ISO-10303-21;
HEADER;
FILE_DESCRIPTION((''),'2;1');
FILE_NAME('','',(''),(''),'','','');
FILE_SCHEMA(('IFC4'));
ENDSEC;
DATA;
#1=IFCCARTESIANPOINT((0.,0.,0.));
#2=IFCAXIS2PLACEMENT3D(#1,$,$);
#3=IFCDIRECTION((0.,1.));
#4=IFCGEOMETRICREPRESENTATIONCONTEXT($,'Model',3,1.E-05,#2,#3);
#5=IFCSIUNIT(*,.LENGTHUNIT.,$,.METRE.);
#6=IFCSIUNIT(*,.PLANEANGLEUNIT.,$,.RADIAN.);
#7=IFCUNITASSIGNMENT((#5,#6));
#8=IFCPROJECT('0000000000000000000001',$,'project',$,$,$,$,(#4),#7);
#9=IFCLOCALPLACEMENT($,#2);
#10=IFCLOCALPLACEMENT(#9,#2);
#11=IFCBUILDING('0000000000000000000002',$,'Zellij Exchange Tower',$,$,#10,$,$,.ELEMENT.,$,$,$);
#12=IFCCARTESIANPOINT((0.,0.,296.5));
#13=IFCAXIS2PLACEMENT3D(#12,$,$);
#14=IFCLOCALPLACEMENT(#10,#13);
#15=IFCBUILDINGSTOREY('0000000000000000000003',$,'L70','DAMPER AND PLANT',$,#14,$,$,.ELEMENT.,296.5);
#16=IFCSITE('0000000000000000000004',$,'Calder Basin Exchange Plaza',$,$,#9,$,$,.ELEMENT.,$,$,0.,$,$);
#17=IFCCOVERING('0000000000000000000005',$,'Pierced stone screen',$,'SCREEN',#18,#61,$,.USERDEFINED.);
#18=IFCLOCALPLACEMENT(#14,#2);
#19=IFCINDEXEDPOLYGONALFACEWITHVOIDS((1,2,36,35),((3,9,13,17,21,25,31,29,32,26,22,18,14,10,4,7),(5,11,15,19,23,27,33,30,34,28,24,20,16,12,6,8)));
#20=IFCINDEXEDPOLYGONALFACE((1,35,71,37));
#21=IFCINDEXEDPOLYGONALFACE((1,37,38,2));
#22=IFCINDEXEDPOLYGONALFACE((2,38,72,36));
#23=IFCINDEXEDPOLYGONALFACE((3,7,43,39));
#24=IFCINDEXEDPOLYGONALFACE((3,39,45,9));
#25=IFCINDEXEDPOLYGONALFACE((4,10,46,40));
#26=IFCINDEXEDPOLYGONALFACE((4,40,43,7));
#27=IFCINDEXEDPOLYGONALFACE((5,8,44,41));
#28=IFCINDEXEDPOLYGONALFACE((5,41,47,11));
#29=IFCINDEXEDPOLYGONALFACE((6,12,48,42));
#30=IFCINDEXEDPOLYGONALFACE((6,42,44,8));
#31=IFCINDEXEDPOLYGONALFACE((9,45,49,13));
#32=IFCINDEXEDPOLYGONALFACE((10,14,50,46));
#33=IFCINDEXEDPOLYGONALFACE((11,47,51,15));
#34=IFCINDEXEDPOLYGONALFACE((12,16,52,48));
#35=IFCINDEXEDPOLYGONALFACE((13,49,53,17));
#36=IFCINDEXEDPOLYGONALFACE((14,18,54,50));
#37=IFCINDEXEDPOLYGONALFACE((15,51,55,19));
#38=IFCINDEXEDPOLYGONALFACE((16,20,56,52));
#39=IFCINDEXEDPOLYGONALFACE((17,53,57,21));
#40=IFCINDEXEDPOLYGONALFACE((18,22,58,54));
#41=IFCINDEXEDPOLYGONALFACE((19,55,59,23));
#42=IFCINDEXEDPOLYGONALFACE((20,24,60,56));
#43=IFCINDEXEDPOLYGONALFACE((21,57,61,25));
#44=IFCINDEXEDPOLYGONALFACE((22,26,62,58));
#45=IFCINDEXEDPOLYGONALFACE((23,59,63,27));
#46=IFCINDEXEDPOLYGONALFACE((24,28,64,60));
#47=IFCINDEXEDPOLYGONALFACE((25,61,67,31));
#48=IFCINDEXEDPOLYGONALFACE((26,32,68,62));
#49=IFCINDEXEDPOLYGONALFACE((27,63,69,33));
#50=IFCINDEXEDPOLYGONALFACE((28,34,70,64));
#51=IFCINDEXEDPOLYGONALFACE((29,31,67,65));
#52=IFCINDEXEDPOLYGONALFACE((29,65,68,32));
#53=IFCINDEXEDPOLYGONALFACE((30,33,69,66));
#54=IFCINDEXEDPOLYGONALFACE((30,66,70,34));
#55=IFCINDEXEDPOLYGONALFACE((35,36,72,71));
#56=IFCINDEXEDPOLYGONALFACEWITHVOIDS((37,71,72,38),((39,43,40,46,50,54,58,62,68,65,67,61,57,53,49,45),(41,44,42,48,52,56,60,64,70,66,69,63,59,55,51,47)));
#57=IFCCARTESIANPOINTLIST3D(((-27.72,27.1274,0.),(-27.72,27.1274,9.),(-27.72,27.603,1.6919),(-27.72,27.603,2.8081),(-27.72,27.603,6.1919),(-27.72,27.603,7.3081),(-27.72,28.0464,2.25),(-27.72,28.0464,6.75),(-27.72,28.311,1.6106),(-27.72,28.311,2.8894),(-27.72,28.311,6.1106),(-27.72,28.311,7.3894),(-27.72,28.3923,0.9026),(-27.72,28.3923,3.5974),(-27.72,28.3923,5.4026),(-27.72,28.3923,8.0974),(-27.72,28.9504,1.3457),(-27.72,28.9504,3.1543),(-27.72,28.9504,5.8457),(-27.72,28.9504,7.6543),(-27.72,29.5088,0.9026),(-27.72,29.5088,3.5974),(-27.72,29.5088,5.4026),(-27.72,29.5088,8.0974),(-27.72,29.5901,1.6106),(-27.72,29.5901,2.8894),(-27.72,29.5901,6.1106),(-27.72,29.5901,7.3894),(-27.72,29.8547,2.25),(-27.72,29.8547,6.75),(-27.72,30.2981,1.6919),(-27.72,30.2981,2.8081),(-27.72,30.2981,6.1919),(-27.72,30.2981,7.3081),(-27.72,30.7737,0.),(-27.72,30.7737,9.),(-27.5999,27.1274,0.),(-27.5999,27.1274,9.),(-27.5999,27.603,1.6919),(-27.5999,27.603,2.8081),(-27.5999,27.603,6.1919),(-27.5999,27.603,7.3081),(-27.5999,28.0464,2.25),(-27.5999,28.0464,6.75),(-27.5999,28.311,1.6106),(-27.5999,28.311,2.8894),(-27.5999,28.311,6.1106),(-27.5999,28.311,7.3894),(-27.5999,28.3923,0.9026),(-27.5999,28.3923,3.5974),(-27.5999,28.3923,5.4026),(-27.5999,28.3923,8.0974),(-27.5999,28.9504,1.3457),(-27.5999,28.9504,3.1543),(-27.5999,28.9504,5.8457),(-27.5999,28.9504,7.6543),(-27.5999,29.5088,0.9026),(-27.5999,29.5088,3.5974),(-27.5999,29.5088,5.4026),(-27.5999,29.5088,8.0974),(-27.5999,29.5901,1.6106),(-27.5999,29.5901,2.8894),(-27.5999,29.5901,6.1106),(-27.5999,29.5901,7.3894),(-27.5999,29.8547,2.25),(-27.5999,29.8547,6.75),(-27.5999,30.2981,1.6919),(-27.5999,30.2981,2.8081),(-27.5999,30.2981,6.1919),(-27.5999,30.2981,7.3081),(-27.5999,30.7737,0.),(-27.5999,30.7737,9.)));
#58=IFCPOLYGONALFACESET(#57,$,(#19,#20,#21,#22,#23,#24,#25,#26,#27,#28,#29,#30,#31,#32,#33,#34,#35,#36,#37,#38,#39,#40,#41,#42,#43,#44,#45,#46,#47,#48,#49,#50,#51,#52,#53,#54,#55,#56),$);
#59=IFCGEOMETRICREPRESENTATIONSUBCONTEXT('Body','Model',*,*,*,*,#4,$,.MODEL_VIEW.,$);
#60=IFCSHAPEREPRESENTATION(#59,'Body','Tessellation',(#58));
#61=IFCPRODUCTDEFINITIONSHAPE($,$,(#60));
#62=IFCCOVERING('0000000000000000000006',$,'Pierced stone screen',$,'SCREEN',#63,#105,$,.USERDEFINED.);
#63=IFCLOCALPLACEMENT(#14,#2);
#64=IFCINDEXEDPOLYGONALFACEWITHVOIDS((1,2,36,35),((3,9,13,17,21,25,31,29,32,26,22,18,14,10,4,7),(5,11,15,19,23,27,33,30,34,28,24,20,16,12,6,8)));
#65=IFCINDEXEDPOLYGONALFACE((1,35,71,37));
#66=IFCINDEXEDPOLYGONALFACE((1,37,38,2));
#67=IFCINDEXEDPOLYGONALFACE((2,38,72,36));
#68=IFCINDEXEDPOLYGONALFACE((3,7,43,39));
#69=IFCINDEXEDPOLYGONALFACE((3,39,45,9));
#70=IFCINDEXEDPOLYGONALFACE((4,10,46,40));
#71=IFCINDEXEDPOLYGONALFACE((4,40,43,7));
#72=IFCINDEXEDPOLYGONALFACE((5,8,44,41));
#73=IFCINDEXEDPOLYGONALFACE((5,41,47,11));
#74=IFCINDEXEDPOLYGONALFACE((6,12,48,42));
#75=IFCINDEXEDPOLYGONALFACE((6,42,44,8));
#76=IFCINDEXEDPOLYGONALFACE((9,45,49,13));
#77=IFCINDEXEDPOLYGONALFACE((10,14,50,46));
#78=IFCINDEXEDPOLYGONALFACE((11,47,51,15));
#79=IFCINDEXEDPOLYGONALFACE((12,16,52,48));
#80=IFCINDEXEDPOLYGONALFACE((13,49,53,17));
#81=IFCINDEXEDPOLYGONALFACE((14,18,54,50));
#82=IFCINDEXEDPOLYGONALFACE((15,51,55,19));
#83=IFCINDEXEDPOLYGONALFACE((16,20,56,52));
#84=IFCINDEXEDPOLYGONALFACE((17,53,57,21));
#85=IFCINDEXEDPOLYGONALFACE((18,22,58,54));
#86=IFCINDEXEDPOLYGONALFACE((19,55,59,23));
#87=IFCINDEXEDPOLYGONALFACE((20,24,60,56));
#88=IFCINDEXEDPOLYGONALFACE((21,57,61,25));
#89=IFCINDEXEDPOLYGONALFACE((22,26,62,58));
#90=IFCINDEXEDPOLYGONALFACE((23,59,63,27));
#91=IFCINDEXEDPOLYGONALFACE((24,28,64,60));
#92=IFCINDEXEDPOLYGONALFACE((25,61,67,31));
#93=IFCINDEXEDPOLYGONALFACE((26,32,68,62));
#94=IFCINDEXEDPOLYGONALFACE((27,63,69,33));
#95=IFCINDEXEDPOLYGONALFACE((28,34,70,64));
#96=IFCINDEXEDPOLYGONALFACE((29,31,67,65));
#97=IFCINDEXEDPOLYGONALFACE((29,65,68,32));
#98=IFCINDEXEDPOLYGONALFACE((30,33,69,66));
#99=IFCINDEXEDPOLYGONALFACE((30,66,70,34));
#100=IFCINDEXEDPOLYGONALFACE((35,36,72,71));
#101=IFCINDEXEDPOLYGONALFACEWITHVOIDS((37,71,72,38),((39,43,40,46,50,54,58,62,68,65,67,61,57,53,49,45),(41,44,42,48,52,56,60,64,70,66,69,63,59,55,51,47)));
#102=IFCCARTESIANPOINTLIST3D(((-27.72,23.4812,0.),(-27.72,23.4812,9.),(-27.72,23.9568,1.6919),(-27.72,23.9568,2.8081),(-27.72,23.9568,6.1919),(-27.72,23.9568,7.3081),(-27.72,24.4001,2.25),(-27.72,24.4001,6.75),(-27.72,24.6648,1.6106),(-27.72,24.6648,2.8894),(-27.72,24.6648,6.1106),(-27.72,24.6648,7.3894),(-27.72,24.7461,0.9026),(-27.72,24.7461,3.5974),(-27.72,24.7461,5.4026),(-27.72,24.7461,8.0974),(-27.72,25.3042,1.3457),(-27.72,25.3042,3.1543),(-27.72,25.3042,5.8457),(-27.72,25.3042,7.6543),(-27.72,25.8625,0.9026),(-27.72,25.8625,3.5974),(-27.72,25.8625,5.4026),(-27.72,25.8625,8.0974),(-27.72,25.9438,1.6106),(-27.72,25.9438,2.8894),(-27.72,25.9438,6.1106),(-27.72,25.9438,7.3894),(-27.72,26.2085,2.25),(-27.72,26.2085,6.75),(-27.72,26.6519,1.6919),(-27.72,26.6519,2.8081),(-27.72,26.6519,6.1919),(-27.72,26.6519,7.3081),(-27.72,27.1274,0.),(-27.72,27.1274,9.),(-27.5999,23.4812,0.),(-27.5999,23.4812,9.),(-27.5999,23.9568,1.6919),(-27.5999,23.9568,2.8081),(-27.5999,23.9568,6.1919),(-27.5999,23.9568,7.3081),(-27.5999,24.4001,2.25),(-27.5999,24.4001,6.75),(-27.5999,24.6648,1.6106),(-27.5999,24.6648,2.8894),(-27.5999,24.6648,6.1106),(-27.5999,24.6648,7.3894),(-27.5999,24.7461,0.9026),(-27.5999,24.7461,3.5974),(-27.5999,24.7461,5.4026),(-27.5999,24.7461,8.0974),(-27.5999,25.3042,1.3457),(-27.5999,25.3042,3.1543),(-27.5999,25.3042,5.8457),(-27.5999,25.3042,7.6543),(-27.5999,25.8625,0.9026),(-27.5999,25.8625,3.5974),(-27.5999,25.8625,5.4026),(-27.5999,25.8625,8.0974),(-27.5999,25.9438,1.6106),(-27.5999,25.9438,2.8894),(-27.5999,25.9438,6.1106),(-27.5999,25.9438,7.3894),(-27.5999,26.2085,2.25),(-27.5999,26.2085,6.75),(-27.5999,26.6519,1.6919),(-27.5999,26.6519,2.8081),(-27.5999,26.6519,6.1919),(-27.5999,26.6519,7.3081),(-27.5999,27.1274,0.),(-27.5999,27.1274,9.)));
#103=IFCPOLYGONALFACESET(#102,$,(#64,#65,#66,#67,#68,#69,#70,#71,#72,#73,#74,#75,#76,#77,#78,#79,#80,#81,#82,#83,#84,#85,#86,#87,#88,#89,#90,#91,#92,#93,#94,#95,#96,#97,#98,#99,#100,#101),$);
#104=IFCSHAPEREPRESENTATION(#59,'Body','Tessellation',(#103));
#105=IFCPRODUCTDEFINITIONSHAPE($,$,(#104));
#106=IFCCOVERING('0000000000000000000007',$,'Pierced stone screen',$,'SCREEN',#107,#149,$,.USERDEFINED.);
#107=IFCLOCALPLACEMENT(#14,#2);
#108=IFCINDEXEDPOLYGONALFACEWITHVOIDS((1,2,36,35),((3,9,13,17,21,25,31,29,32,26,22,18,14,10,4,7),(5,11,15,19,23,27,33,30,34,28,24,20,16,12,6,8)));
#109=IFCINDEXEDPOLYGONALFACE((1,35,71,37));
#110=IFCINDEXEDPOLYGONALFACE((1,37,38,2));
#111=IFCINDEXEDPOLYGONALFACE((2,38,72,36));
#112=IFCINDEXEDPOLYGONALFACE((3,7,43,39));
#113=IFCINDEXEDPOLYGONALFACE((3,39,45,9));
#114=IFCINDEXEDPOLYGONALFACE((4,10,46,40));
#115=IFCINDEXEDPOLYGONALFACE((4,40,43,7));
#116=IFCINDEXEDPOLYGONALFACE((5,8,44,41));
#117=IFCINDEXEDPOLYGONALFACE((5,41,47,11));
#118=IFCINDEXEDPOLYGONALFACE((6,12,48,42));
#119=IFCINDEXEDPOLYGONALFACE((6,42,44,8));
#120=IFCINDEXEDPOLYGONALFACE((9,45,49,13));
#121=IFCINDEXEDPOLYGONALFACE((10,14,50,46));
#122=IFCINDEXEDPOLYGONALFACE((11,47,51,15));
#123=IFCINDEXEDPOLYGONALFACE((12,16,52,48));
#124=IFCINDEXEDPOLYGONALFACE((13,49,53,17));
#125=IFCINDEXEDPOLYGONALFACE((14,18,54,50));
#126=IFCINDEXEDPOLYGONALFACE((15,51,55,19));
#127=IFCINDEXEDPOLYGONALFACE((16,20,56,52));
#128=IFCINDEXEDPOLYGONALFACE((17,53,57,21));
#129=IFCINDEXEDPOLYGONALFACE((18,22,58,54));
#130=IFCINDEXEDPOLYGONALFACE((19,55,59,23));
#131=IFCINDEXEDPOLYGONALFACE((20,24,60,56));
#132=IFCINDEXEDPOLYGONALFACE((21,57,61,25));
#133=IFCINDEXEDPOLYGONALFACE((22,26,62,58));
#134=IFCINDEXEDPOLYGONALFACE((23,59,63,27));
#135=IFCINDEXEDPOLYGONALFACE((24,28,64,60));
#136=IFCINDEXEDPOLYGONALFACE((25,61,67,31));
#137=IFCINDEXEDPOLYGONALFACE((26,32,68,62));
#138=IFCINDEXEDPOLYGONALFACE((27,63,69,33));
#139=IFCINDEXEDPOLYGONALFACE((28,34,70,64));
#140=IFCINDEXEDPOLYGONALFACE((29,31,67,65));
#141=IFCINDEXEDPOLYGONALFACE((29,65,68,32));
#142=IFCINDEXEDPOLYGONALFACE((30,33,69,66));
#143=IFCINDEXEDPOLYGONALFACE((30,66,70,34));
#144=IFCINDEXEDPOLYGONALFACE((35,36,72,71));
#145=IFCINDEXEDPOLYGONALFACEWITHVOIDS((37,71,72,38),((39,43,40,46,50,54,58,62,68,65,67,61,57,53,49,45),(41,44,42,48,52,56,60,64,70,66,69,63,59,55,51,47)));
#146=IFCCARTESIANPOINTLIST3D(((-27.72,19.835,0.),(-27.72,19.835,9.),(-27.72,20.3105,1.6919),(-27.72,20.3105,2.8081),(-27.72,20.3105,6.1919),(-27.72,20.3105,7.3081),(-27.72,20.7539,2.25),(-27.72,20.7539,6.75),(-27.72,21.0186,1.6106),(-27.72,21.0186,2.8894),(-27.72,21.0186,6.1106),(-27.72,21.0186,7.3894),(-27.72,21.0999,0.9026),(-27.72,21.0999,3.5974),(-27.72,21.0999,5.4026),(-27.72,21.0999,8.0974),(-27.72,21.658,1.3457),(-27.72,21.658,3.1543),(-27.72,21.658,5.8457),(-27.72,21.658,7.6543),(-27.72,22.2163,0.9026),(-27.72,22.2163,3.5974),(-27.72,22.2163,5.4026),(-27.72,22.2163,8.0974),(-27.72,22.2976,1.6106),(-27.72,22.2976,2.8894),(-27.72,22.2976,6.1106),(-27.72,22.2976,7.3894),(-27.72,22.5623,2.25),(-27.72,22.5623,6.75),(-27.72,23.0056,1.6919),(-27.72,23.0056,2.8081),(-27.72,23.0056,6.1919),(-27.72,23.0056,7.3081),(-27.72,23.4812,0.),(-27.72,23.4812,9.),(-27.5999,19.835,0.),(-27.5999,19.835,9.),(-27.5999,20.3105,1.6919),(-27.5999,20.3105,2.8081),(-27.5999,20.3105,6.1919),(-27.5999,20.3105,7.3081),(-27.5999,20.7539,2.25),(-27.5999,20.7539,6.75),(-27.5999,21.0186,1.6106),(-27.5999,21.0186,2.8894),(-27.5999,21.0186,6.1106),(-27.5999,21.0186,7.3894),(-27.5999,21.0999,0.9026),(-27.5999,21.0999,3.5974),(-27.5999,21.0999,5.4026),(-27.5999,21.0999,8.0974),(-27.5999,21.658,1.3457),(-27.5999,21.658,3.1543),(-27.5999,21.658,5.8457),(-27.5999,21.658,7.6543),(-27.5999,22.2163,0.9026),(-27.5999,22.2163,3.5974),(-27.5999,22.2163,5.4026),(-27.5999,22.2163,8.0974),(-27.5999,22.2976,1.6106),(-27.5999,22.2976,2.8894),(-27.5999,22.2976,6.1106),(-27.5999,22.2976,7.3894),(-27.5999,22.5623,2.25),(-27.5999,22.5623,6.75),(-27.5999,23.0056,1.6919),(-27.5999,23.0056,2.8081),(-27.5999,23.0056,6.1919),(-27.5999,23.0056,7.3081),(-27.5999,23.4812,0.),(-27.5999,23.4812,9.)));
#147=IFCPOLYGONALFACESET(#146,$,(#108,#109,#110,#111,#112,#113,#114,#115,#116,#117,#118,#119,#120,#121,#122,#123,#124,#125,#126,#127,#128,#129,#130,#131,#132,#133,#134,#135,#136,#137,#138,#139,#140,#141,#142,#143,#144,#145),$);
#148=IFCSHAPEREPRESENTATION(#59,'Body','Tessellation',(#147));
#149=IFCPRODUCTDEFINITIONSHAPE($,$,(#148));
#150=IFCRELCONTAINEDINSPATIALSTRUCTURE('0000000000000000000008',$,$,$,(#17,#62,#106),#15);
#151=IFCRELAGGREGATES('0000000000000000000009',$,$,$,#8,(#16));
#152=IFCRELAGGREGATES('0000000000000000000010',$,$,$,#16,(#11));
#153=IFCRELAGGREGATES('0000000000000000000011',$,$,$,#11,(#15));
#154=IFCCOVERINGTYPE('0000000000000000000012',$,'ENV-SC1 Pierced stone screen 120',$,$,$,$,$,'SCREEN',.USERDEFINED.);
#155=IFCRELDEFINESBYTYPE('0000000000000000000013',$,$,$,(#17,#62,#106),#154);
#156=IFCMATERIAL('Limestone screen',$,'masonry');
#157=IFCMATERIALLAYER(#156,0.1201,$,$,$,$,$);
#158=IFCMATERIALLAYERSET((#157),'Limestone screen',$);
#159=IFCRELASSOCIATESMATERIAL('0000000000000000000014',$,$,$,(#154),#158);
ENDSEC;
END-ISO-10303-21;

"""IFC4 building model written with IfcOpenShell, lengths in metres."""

from ifc_helpers import new_model, si_unit, direction, frame, origin, place, context, subcontext, project, spatial, polyline, outline, extrude, material, layer, layer_set, type_object, element, save


model = new_model("IFC4")

# Units and contexts
model_context = context("Model", 3, precision=1e-05, world=origin(), true_north=direction((0.0, 1.0)))
body_context = subcontext(model_context, "Body", "Model", "MODEL_VIEW")
ifc_project = project(units=[si_unit("LENGTHUNIT", "METRE"), si_unit("PLANEANGLEUNIT", "RADIAN")], contexts=[model_context])

# Site, building, storey
site_placement = place(None, origin())
site = spatial("IfcSite", under=ifc_project, at=site_placement, Name="Calder Basin Exchange Plaza", CompositionType="ELEMENT", RefElevation=0.0)
building_placement = place(site_placement, origin())
building = spatial("IfcBuilding", under=site, at=building_placement, Name="Zellij Exchange Tower", CompositionType="ELEMENT")
storey_placement = place(building_placement, frame((0.0, 0.0, 296.5)))
storey = spatial("IfcBuildingStorey", under=building, at=storey_placement, Name="L70", Description="DAMPER AND PLANT", CompositionType="ELEMENT", Elevation=296.5)

# Coverings
ifc_material_1 = material(Name="Limestone screen", Category="masonry")
ifc_layer_1 = layer(ifc_material_1, 0.1201)
ifc_layer_set_1 = layer_set([ifc_layer_1], Name="Limestone screen")
covering_type_1 = type_object("IfcCoveringType", Name="ENV-SC1 Pierced stone screen 120", ElementType="SCREEN", PredefinedType="USERDEFINED", material=ifc_layer_set_1)
for number, where, z_axis, x_axis, name in (
    (1, (-27.6599, 30.7737, 0.0), (0.0, 0.0, 1.0), (0.0, -1.0, 0.0), "Pierced stone screen"),
    (2, (-27.6599, 27.1274, 0.0), (0.0, 0.0, 1.0), (0.0, -1.0, 0.0), "Pierced stone screen"),
    (3, (-27.6599, 23.4812, 0.0), (0.0, 0.0, 1.0), (0.0, -1.0, 0.0), "Pierced stone screen"),
):
    element("IfcCovering", number, at=place(storey_placement, frame(where, z_axis=z_axis, x_axis=x_axis)), inside=storey, type_object=covering_type_1, Name=name, ObjectType="SCREEN", PredefinedType="USERDEFINED", context=body_context, shape_type="SweptSolid", body=[
        extrude(outline(polyline([(0.0, 0.0), (3.6462, 0.0), (3.6462, 9.0), (0.0, 9.0), (0.0, 0.0)]), holes=[polyline([(3.1707, 2.8081), (2.4626, 2.8894), (2.3813, 3.5974), (1.8232, 3.1543), (1.2649, 3.5974), (1.1836, 2.8894), (0.4756, 2.8081), (0.9189, 2.25), (0.4756, 1.6919), (1.1836, 1.6106), (1.2649, 0.9026), (1.8232, 1.3457), (2.3813, 0.9026), (2.4626, 1.6106), (3.1707, 1.6919), (2.7273, 2.25), (3.1707, 2.8081)]), polyline([(3.1707, 7.3081), (2.4626, 7.3894), (2.3813, 8.0974), (1.8232, 7.6543), (1.2649, 8.0974), (1.1836, 7.3894), (0.4756, 7.3081), (0.9189, 6.75), (0.4756, 6.1919), (1.1836, 6.1106), (1.2649, 5.4026), (1.8232, 5.8457), (2.3813, 5.4026), (2.4626, 6.1106), (3.1707, 6.1919), (2.7273, 6.75), (3.1707, 7.3081)])]), frame((0.0, 0.0601, 0.0), z_axis=(0.0, -1.0, 0.0), x_axis=(1.0, 0.0, 0.0)), (0.0, 0.0, 1.0), 0.1201),
    ])

save(model, "model.ifc")
